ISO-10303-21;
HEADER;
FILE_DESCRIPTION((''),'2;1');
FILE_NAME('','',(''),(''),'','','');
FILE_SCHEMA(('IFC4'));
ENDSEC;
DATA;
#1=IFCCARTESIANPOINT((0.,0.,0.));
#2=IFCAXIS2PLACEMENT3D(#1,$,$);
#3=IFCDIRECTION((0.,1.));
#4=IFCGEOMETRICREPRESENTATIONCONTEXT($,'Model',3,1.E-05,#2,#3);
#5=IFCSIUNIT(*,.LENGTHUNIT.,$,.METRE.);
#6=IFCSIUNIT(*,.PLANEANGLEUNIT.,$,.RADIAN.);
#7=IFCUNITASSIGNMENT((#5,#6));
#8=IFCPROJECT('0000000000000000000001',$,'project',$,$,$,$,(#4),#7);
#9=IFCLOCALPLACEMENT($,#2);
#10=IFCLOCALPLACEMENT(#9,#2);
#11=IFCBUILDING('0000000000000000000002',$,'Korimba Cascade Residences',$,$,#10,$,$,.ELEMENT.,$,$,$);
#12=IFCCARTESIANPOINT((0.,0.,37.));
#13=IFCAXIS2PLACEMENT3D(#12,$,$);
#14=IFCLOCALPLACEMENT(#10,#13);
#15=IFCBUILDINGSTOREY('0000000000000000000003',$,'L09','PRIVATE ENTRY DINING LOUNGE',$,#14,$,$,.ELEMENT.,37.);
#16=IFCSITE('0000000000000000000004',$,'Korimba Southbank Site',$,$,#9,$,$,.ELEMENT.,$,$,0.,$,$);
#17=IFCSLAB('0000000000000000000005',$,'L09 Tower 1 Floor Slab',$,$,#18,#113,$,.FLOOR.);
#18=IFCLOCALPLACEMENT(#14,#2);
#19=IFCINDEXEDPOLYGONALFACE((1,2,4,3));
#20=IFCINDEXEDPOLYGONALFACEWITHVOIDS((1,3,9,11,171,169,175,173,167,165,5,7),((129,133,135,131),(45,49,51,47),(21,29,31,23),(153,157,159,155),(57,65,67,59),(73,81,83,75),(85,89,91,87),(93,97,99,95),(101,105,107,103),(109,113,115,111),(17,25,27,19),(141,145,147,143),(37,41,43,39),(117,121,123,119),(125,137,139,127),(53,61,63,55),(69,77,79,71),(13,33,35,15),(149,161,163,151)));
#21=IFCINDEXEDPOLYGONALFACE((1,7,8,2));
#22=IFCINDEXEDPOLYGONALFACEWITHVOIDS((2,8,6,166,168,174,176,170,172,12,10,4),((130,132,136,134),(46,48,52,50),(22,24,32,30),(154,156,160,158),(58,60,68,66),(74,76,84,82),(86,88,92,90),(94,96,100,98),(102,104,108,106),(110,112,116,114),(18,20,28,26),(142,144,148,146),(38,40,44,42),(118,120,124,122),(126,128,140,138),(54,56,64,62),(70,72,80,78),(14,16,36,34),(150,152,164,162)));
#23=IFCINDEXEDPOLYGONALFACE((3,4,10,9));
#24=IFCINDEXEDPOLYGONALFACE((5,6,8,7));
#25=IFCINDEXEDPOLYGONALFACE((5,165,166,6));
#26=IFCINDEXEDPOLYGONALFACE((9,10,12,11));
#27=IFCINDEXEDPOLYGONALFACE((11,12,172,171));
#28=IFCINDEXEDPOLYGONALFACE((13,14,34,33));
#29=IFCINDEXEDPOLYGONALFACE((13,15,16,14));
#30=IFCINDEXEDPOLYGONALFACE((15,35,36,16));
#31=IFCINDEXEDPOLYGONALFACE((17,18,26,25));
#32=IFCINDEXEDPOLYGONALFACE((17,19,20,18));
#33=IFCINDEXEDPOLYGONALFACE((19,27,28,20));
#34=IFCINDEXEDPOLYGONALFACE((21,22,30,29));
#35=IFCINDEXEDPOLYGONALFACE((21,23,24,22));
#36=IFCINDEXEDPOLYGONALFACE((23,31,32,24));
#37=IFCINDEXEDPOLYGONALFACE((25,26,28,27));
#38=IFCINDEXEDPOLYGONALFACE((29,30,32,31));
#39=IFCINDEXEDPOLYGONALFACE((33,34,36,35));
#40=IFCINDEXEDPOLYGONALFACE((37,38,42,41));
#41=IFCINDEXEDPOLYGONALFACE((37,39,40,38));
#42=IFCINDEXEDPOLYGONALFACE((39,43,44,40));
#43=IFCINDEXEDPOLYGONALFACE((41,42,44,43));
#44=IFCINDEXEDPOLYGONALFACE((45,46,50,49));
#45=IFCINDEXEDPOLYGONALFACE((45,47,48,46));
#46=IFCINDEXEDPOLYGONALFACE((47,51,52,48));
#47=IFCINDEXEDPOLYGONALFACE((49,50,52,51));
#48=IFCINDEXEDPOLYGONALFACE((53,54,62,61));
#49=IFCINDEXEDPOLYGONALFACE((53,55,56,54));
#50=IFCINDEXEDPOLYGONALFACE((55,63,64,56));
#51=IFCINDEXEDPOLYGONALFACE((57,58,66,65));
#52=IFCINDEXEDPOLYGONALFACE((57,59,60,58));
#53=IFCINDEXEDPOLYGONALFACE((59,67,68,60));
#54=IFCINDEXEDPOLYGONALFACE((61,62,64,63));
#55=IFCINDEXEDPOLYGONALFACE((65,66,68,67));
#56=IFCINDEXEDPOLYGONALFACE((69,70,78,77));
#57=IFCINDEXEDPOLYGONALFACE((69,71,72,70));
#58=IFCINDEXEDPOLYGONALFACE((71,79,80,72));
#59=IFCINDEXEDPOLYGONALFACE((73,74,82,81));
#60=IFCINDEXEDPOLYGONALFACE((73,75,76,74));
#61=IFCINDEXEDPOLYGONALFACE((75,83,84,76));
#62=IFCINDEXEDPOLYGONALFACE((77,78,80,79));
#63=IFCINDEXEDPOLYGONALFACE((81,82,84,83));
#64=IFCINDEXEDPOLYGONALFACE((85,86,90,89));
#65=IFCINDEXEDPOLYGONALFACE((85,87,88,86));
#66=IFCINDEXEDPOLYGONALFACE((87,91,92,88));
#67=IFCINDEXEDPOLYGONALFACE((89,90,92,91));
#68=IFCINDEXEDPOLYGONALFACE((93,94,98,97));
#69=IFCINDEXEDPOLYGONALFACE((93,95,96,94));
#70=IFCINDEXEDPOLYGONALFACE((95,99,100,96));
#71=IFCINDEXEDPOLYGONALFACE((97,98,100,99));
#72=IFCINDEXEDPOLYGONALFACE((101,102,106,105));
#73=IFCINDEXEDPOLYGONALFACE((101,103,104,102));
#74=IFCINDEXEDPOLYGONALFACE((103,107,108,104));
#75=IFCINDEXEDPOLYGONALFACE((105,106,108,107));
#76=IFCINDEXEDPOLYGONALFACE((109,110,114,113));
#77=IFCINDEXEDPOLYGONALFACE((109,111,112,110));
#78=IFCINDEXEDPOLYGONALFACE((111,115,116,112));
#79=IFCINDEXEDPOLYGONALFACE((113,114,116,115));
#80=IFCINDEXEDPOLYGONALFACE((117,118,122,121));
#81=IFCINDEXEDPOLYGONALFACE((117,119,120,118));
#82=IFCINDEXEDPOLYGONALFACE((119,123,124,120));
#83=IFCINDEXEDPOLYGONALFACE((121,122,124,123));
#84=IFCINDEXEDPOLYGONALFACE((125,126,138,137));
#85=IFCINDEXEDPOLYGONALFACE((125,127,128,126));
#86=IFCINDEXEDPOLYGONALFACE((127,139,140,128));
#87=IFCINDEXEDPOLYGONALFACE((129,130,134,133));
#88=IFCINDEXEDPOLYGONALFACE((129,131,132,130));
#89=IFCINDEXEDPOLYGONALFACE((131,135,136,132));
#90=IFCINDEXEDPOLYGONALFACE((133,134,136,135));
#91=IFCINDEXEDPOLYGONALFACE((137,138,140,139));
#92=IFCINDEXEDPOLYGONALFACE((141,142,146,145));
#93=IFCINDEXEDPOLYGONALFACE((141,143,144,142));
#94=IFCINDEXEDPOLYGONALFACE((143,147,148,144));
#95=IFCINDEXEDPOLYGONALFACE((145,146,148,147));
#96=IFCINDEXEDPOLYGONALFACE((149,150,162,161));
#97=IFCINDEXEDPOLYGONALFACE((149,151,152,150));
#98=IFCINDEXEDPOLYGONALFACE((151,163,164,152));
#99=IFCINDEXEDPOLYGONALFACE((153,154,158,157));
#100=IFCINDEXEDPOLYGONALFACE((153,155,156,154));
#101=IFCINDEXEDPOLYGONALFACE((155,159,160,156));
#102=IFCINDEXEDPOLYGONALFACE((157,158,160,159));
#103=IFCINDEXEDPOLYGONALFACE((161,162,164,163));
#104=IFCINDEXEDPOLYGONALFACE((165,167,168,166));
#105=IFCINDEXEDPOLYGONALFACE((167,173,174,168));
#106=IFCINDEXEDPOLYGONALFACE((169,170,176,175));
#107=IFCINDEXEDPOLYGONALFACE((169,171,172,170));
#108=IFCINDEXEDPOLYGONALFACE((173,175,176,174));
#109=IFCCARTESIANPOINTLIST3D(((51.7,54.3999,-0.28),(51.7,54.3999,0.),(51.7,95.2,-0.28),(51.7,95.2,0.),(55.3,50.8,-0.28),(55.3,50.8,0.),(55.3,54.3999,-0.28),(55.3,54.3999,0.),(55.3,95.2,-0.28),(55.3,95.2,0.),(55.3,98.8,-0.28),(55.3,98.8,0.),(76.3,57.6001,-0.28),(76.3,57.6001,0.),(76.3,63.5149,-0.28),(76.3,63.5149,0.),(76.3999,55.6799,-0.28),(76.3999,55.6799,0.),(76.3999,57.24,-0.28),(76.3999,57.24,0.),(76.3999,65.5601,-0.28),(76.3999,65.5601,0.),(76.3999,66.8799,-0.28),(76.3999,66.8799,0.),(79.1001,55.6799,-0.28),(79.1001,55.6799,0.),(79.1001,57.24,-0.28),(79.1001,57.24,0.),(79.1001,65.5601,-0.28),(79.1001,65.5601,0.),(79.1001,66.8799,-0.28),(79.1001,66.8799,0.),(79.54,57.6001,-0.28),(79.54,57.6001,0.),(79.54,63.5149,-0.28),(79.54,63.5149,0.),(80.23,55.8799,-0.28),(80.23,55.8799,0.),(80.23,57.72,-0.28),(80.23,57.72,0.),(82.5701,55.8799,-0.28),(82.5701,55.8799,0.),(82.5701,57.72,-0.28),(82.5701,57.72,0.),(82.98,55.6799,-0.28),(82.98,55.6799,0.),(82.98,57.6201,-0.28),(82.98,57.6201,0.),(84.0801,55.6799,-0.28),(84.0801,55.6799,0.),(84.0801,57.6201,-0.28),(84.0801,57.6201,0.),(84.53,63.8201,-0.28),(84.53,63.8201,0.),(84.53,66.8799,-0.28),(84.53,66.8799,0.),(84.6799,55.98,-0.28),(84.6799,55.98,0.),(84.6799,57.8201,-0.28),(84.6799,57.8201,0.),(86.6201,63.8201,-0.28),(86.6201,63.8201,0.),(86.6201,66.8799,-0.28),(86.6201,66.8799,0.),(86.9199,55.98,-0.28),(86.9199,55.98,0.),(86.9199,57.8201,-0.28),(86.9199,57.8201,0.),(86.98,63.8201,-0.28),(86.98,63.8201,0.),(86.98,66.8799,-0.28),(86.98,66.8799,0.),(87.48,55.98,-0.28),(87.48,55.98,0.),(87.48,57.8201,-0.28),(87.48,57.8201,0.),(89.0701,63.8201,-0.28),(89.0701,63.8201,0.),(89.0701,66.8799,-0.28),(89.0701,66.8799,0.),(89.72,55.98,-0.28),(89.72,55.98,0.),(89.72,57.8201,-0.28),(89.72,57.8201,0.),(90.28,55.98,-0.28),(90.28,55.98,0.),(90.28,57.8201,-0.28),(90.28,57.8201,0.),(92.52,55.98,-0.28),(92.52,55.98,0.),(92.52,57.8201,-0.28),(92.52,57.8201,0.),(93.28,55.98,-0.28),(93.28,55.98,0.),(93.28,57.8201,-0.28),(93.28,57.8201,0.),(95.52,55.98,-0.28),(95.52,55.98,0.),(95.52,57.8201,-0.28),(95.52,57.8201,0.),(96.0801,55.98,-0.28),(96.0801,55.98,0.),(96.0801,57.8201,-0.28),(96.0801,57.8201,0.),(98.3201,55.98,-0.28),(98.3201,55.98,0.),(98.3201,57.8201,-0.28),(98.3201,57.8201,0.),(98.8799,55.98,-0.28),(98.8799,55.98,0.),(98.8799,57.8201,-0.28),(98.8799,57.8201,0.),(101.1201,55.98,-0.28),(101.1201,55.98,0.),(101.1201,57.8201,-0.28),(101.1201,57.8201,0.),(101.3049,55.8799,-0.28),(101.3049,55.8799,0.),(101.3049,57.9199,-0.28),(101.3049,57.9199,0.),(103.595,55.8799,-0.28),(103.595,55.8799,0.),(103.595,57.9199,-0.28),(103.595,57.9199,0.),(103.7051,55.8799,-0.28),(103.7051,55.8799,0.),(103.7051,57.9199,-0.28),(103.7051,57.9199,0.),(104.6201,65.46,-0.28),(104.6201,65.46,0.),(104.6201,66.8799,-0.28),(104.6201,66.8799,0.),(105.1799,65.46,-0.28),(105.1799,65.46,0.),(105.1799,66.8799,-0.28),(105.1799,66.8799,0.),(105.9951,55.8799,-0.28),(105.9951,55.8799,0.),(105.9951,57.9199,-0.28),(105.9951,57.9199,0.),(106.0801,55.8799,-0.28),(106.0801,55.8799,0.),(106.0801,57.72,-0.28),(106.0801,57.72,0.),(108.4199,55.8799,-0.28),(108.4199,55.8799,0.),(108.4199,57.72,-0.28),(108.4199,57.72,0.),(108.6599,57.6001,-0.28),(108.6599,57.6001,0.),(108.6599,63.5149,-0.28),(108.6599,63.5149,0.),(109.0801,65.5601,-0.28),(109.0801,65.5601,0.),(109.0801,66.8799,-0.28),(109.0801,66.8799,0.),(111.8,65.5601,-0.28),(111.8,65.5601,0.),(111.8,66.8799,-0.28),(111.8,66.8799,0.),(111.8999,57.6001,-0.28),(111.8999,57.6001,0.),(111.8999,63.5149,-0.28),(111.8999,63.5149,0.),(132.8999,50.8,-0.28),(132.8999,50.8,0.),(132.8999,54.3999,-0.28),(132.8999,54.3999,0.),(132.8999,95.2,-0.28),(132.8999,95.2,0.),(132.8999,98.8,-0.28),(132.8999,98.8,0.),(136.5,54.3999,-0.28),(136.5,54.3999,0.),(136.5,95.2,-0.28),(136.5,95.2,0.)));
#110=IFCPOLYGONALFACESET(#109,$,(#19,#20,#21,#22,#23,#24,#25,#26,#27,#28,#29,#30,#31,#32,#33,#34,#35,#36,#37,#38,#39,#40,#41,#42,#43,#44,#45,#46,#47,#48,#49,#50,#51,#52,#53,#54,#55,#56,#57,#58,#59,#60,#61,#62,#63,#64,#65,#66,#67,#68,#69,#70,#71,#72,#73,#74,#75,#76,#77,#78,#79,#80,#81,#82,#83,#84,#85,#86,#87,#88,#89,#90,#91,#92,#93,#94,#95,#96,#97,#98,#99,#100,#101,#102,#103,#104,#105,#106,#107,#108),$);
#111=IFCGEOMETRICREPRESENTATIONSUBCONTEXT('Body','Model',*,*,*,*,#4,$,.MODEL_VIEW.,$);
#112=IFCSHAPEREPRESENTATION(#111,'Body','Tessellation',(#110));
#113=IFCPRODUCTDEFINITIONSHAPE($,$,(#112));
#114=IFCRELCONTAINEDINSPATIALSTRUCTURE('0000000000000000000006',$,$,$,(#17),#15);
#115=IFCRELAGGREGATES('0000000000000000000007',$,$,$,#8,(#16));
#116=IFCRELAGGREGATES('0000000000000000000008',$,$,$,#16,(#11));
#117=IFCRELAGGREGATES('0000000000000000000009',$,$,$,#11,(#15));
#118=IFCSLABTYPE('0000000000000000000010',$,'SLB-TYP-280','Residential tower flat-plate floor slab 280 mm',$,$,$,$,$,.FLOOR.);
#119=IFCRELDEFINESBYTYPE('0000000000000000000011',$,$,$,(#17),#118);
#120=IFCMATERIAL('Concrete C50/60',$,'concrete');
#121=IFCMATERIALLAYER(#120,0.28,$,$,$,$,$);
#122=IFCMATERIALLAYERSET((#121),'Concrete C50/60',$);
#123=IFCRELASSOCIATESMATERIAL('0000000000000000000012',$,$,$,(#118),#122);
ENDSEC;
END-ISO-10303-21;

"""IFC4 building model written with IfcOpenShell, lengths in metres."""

from ifc_helpers import new_model, si_unit, direction, frame, origin, place, context, subcontext, project, spatial, polyline, outline, extrude, material, layer, layer_set, type_object, element, save


model = new_model("IFC4")

# Units and contexts
model_context = context("Model", 3, precision=1e-05, world=origin(), true_north=direction((0.0, 1.0)))
body_context = subcontext(model_context, "Body", "Model", "MODEL_VIEW")
ifc_project = project(units=[si_unit("LENGTHUNIT", "METRE"), si_unit("PLANEANGLEUNIT", "RADIAN")], contexts=[model_context])

# Site, building, storey
site_placement = place(None, origin())
site = spatial("IfcSite", under=ifc_project, at=site_placement, Name="Korimba Southbank Site", CompositionType="ELEMENT", RefElevation=0.0)
building_placement = place(site_placement, origin())
building = spatial("IfcBuilding", under=site, at=building_placement, Name="Korimba Cascade Residences", CompositionType="ELEMENT")
storey_placement = place(building_placement, frame((0.0, 0.0, 37.0)))
storey = spatial("IfcBuildingStorey", under=building, at=storey_placement, Name="L09", Description="PRIVATE ENTRY DINING LOUNGE", CompositionType="ELEMENT", Elevation=37.0)

# Shared definitions
ifc_material_1 = material(Name="Concrete C50/60", Category="concrete")

# Slab
ifc_layer_1 = layer(ifc_material_1, 0.28)
ifc_layer_set_1 = layer_set([ifc_layer_1], Name="Concrete C50/60")
slab_type_1 = type_object("IfcSlabType", Name="SLB-TYP-280", Description="Residential tower flat-plate floor slab 280 mm", PredefinedType="FLOOR", material=ifc_layer_set_1)
slab_1_placement = place(storey_placement, frame((0.0, 0.0, -0.28)))
element("IfcSlab", 1, at=slab_1_placement, inside=storey, type_object=slab_type_1, Name="L09 Tower 1 Floor Slab", PredefinedType="FLOOR", context=body_context, shape_type="SweptSolid", body=[
    extrude(outline(polyline([(55.3, 50.8), (132.8999, 50.8), (132.8999, 54.3999), (136.5, 54.3999), (136.5, 95.2), (132.8999, 95.2), (132.8999, 98.8), (55.3, 98.8), (55.3, 95.2), (51.7, 95.2), (51.7, 54.3999), (55.3, 54.3999), (55.3, 50.8)]), holes=[polyline([(76.3, 63.5149), (76.3, 57.6001), (79.54, 57.6001), (79.54, 63.5149), (76.3, 63.5149)]), polyline([(108.6599, 63.5149), (108.6599, 57.6001), (111.8999, 57.6001), (111.8999, 63.5149), (108.6599, 63.5149)]), polyline([(80.23, 55.8799), (82.5701, 55.8799), (82.5701, 57.72), (80.23, 57.72), (80.23, 55.8799)]), polyline([(106.0801, 55.8799), (108.4199, 55.8799), (108.4199, 57.72), (106.0801, 57.72), (106.0801, 55.8799)]), polyline([(84.6799, 55.98), (86.9199, 55.98), (86.9199, 57.8201), (84.6799, 57.8201), (84.6799, 55.98)]), polyline([(87.48, 55.98), (89.72, 55.98), (89.72, 57.8201), (87.48, 57.8201), (87.48, 55.98)]), polyline([(90.28, 55.98), (92.52, 55.98), (92.52, 57.8201), (90.28, 57.8201), (90.28, 55.98)]), polyline([(93.28, 55.98), (95.52, 55.98), (95.52, 57.8201), (93.28, 57.8201), (93.28, 55.98)]), polyline([(96.0801, 55.98), (98.3201, 55.98), (98.3201, 57.8201), (96.0801, 57.8201), (96.0801, 55.98)]), polyline([(98.8799, 55.98), (101.1201, 55.98), (101.1201, 57.8201), (98.8799, 57.8201), (98.8799, 55.98)]), polyline([(101.3049, 55.8799), (103.595, 55.8799), (103.595, 57.9199), (101.3049, 57.9199), (101.3049, 55.8799)]), polyline([(103.7051, 55.8799), (105.9951, 55.8799), (105.9951, 57.9199), (103.7051, 57.9199), (103.7051, 55.8799)]), polyline([(82.98, 55.6799), (84.0801, 55.6799), (84.0801, 57.6201), (82.98, 57.6201), (82.98, 55.6799)]), polyline([(76.3999, 65.5601), (79.1001, 65.5601), (79.1001, 66.8799), (76.3999, 66.8799), (76.3999, 65.5601)]), polyline([(76.3999, 55.6799), (79.1001, 55.6799), (79.1001, 57.24), (76.3999, 57.24), (76.3999, 55.6799)]), polyline([(84.53, 63.8201), (86.6201, 63.8201), (86.6201, 66.8799), (84.53, 66.8799), (84.53, 63.8201)]), polyline([(86.98, 63.8201), (89.0701, 63.8201), (89.0701, 66.8799), (86.98, 66.8799), (86.98, 63.8201)]), polyline([(104.6201, 65.46), (105.1799, 65.46), (105.1799, 66.8799), (104.6201, 66.8799), (104.6201, 65.46)]), polyline([(109.0801, 65.5601), (111.8, 65.5601), (111.8, 66.8799), (109.0801, 66.8799), (109.0801, 65.5601)])]), origin(), (0.0, 0.0, 1.0), 0.28),
])

save(model, "model.ifc")
